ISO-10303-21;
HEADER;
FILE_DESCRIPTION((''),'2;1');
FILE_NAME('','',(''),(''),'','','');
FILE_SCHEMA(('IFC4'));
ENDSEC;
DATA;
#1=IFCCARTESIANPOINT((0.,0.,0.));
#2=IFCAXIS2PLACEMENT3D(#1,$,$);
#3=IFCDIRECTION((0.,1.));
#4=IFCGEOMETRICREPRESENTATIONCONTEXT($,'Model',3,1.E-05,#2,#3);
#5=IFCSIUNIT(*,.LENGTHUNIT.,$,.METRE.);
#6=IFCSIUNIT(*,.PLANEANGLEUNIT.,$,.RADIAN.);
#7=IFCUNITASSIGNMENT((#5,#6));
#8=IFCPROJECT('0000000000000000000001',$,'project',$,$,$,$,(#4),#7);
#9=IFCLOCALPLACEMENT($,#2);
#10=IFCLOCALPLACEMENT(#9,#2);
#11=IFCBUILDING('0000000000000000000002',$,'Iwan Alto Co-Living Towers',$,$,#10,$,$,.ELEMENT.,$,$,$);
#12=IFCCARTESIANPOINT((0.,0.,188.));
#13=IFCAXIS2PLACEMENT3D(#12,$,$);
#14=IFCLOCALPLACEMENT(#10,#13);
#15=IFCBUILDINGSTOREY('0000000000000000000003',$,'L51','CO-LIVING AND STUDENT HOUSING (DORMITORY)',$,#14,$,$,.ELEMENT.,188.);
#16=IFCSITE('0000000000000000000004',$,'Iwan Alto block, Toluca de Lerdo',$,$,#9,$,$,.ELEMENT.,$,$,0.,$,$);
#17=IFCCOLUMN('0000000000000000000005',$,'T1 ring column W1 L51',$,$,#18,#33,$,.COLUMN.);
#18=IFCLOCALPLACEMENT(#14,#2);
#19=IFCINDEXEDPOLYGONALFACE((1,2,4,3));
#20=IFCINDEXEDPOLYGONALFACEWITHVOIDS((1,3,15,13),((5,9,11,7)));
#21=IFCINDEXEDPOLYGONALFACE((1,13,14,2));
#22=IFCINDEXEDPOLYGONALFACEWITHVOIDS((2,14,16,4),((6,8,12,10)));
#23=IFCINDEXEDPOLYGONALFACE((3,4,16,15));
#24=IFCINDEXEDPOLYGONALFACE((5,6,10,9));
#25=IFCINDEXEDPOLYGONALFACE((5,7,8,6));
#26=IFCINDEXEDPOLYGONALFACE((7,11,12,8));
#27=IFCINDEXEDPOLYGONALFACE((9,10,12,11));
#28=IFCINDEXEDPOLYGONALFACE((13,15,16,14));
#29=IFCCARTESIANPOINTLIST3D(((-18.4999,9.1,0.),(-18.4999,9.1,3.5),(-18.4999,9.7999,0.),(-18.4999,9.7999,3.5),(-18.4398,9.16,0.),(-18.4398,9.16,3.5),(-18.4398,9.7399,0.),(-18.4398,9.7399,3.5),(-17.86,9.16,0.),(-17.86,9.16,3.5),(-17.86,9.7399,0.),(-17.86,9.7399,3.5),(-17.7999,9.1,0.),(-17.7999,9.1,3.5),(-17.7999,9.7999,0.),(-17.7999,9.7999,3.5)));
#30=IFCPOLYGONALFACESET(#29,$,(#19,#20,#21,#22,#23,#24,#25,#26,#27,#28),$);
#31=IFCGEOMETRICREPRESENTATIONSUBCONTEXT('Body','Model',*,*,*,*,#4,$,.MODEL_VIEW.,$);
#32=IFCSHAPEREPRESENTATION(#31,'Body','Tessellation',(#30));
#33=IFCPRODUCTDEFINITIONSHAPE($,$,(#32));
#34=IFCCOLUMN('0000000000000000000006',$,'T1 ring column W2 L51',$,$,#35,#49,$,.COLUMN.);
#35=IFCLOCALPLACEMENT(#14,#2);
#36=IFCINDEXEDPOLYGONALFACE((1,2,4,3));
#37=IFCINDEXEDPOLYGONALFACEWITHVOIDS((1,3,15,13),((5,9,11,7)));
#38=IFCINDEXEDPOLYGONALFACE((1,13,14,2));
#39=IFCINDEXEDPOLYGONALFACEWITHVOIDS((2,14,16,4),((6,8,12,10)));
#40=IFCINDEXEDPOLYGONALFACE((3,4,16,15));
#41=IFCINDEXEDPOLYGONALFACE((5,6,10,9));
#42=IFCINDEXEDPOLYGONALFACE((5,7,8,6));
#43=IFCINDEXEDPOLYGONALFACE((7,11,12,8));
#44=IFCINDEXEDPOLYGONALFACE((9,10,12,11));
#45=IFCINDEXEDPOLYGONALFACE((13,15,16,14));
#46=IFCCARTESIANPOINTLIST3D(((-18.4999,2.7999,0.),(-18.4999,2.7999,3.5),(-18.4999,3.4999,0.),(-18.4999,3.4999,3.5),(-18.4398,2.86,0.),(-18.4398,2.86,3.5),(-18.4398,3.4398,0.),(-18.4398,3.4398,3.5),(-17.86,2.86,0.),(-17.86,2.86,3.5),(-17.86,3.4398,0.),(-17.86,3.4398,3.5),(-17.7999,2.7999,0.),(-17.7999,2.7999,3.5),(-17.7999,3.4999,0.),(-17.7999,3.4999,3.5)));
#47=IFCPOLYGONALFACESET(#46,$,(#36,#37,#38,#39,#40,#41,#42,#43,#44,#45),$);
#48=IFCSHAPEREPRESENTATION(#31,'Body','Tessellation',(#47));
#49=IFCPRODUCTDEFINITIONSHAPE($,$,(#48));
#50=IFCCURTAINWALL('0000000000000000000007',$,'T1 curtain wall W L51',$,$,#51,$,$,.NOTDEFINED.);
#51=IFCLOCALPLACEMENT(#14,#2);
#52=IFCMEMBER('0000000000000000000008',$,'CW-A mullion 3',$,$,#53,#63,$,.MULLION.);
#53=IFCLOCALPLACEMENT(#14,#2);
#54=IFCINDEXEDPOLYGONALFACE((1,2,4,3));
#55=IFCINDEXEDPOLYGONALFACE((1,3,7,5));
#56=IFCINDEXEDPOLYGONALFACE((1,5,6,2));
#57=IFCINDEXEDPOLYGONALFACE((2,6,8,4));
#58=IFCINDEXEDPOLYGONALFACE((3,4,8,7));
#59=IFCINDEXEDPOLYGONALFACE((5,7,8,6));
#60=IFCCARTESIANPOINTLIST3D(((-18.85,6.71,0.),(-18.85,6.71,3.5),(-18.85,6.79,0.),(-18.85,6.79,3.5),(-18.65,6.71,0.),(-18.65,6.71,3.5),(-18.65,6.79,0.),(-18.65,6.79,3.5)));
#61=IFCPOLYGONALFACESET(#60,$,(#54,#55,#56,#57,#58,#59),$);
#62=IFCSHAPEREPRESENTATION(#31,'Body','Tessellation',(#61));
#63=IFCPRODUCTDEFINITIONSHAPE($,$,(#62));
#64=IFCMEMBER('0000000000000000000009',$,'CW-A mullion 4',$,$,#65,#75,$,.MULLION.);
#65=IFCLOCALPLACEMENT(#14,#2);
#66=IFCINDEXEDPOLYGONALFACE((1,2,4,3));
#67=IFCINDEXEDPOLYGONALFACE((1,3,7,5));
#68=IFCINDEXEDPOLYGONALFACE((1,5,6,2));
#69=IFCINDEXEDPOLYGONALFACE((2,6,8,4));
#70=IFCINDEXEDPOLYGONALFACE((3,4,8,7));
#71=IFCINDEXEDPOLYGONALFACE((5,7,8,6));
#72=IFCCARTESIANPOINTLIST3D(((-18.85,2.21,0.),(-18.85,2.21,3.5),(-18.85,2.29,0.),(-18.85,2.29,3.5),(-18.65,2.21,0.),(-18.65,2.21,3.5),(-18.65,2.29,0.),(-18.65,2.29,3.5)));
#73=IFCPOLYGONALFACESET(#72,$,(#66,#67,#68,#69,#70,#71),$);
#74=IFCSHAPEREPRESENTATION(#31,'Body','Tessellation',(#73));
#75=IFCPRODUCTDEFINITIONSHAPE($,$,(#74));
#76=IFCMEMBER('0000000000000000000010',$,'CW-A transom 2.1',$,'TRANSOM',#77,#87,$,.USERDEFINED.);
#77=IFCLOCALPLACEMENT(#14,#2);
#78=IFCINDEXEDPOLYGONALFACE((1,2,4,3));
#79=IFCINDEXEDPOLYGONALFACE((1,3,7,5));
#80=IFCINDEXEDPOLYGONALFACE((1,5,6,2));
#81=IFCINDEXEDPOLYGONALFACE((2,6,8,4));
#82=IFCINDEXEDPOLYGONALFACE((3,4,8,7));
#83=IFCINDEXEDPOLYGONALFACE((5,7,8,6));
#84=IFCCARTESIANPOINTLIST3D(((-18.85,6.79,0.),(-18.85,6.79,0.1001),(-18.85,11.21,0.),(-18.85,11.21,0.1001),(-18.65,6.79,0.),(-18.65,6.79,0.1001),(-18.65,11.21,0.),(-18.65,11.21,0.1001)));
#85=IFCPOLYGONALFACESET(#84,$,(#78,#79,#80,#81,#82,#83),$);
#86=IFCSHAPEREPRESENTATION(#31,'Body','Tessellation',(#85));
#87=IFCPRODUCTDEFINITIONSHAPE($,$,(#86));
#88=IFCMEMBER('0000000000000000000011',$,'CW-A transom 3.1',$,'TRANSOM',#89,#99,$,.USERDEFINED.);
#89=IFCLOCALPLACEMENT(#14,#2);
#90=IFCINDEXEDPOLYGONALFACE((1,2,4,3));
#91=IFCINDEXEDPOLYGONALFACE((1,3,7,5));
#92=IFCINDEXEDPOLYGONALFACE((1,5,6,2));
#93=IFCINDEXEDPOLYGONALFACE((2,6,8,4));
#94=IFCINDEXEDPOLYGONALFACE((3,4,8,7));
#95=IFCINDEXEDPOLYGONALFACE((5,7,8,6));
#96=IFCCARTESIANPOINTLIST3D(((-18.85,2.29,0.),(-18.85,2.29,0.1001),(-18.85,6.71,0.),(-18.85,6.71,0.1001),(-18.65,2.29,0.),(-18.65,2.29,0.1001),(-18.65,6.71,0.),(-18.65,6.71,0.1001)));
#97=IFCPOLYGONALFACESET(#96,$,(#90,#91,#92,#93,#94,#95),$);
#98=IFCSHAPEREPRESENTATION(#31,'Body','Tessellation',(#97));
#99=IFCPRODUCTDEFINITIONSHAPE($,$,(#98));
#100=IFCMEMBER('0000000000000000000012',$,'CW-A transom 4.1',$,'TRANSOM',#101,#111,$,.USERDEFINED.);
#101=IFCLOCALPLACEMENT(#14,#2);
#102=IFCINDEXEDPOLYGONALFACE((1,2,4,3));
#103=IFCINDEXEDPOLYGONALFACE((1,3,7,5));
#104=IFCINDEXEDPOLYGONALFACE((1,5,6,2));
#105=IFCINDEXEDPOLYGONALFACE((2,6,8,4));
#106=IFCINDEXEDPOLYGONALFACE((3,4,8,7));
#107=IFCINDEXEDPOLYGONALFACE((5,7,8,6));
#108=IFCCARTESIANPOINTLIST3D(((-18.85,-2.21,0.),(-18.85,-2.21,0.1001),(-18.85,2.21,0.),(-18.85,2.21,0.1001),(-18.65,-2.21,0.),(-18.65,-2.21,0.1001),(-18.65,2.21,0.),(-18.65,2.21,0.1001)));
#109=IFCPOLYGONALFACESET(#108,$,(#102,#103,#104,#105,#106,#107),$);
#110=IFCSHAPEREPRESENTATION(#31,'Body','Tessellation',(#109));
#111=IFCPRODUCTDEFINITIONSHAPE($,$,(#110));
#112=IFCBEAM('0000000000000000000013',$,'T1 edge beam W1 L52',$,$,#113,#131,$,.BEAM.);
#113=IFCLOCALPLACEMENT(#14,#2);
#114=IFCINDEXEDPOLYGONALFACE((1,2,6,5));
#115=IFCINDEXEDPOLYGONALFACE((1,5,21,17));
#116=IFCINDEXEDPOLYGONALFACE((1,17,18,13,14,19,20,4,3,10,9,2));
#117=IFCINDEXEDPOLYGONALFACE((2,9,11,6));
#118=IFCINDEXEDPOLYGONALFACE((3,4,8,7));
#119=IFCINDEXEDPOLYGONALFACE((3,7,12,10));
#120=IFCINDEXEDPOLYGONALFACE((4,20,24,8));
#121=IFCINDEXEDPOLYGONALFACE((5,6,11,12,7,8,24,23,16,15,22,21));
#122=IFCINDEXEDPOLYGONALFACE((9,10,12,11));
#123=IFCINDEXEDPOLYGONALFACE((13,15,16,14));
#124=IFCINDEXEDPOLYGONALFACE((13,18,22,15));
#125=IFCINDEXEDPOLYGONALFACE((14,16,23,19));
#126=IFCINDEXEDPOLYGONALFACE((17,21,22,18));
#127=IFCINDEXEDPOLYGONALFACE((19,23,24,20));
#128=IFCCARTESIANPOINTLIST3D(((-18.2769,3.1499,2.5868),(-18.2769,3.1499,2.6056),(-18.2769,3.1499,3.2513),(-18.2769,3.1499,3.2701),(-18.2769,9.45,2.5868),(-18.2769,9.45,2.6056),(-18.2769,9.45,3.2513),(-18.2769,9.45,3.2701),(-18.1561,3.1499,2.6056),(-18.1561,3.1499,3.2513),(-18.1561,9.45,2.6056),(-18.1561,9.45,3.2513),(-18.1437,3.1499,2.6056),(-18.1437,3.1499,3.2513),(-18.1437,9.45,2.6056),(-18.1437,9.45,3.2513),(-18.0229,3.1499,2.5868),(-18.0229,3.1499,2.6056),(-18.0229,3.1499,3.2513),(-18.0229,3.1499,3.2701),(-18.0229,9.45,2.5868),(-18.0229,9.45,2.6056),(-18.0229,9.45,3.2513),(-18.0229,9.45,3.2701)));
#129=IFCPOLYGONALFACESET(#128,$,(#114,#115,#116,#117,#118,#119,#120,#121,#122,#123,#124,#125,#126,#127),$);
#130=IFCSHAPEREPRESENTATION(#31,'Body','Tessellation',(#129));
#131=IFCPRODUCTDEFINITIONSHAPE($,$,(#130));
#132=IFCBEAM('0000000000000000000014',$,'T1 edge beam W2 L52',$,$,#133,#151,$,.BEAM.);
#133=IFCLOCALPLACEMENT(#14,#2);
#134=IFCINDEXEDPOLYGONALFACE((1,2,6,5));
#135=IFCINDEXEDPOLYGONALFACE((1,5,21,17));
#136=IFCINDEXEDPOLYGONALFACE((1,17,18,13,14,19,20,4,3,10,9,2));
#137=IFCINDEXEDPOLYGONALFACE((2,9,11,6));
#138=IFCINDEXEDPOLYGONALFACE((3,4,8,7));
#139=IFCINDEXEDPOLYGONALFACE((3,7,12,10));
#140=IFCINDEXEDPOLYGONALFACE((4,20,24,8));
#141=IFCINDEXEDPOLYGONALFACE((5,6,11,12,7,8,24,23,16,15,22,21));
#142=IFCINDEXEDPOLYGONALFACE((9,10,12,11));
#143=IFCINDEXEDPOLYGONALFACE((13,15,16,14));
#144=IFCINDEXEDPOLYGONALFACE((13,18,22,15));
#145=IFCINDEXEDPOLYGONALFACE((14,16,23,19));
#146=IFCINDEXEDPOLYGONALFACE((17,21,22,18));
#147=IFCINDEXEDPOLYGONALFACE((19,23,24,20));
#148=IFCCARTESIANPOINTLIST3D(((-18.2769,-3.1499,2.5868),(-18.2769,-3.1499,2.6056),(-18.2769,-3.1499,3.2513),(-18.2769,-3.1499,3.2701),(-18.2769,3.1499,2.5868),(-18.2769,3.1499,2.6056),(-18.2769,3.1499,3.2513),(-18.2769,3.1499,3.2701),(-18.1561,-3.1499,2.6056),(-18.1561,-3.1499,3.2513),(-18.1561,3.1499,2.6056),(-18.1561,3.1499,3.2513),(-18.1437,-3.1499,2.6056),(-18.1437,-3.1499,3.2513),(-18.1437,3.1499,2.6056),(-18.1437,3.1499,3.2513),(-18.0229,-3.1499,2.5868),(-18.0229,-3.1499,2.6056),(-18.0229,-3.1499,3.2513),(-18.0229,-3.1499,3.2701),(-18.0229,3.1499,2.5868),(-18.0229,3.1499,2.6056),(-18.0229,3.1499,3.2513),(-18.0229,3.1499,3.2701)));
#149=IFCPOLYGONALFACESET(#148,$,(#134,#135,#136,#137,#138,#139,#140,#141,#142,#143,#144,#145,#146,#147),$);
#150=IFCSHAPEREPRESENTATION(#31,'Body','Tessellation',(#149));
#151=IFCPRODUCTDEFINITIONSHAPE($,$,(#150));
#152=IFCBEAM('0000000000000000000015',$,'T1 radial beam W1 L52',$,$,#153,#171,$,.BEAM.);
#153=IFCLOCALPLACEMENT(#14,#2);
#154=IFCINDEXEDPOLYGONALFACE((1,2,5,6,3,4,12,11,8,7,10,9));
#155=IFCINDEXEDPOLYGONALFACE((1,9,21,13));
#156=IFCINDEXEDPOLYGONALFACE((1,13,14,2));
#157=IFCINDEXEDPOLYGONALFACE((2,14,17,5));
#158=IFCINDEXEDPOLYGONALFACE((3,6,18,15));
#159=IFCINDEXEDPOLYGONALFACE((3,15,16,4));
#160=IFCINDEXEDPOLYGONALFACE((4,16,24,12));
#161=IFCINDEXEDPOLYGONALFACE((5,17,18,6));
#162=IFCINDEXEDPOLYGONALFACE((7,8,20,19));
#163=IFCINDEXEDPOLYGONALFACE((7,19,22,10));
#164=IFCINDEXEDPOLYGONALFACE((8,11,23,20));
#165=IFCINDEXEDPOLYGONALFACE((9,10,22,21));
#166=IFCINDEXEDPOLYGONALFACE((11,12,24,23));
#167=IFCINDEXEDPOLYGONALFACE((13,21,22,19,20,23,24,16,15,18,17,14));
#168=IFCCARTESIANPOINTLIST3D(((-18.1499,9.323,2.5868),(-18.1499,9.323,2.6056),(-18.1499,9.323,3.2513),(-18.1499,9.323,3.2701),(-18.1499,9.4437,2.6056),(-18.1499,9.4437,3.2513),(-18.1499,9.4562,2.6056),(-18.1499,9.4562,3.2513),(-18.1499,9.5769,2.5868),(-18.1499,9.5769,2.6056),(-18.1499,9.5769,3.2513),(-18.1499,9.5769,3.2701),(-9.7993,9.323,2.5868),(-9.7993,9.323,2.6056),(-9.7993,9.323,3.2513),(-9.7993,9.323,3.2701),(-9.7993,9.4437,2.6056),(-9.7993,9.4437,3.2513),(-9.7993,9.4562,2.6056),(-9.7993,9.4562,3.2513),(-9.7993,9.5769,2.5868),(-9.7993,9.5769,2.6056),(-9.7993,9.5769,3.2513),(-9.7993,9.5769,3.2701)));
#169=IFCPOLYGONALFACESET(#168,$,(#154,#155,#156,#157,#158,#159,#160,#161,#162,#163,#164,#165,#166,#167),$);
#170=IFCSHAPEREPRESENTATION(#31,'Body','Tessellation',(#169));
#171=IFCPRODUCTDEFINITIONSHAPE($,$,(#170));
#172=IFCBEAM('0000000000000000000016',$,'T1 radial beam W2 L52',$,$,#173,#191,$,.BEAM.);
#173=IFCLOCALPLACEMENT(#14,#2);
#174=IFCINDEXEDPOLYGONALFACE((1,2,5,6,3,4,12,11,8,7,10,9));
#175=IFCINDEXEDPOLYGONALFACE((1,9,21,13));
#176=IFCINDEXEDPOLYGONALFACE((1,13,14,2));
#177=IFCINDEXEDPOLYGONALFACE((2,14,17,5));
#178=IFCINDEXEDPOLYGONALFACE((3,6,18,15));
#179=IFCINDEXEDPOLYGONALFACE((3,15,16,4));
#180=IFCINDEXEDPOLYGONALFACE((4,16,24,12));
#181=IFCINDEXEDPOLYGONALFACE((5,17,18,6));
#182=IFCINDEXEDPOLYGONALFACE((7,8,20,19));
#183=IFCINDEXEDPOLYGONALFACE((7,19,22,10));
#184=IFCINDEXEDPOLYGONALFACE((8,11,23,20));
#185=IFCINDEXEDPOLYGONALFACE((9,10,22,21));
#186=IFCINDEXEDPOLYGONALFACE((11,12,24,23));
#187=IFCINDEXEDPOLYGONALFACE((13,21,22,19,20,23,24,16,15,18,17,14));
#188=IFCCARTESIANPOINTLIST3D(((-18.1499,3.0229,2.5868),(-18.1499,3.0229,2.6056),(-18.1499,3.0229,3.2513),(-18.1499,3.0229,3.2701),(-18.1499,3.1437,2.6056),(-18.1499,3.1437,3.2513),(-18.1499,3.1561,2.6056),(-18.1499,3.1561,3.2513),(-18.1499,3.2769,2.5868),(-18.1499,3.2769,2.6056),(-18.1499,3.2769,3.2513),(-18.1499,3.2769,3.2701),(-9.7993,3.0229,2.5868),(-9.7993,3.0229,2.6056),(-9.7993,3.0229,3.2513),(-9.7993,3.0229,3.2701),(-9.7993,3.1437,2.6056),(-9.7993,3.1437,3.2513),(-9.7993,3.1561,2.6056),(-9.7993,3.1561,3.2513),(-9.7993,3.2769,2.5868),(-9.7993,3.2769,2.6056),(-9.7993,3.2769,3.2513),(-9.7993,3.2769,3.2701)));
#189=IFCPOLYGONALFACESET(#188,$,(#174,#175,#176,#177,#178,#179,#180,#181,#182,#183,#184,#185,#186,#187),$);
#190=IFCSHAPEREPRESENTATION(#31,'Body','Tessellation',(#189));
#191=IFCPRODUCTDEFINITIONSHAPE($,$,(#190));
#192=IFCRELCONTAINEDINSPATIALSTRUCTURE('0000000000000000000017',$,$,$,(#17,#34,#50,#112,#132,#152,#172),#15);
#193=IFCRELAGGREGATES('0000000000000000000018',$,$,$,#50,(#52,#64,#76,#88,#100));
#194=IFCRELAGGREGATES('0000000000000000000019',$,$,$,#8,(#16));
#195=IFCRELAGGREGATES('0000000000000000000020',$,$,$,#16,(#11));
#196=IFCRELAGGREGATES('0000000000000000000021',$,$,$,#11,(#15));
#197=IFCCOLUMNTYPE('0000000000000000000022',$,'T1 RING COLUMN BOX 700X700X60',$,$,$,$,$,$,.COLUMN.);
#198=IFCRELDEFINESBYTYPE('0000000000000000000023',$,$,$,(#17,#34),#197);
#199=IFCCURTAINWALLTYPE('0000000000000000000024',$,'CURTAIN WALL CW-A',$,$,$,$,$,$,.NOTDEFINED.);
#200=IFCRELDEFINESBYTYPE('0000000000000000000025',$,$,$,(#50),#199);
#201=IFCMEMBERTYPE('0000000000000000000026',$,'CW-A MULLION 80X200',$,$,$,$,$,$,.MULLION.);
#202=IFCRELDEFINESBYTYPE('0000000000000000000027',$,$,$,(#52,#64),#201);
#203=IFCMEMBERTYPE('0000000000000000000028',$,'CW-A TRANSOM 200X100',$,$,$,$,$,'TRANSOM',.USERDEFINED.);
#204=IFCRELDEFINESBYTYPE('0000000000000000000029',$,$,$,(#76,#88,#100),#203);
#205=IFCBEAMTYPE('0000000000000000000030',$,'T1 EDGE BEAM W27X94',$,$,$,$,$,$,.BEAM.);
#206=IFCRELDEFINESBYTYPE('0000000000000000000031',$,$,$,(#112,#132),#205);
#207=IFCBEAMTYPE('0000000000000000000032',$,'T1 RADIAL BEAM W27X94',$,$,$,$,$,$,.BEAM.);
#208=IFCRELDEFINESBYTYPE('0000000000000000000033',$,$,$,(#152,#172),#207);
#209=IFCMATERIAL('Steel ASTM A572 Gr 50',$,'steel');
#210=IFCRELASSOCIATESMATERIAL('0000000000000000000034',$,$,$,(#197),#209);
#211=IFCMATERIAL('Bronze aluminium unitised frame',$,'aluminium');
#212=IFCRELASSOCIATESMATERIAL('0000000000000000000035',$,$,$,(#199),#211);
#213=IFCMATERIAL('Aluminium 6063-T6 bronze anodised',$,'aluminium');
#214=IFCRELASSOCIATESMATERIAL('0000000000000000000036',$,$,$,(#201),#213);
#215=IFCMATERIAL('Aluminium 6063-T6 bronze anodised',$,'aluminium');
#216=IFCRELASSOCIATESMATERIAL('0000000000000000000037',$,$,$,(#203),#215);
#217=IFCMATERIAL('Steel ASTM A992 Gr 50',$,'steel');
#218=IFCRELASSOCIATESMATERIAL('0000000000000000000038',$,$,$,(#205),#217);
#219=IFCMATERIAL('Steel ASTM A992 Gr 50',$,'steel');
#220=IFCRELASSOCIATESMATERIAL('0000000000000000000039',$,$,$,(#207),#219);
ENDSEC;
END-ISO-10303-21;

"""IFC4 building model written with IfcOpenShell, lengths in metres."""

from ifc_helpers import new_model, si_unit, direction, frame, origin, origin_2d, place, context, subcontext, project, spatial, rectangle, hollow_rectangle, i_section, extrude, material, material_profile, profile_set, type_object, element, aggregate, save


model = new_model("IFC4")

# Units and contexts
model_context = context("Model", 3, precision=1e-05, world=origin(), true_north=direction((0.0, 1.0)))
body_context = subcontext(model_context, "Body", "Model", "MODEL_VIEW")
ifc_project = project(units=[si_unit("LENGTHUNIT", "METRE"), si_unit("PLANEANGLEUNIT", "RADIAN")], contexts=[model_context])

# Site, building, storey
site_placement = place(None, origin())
site = spatial("IfcSite", under=ifc_project, at=site_placement, Name="Iwan Alto block, Toluca de Lerdo", CompositionType="ELEMENT", RefElevation=0.0)
building_placement = place(site_placement, origin())
building = spatial("IfcBuilding", under=site, at=building_placement, Name="Iwan Alto Co-Living Towers", CompositionType="ELEMENT")
storey_placement = place(building_placement, frame((0.0, 0.0, 188.0)))
storey = spatial("IfcBuildingStorey", under=building, at=storey_placement, Name="L51", Description="CO-LIVING AND STUDENT HOUSING (DORMITORY)", CompositionType="ELEMENT", Elevation=188.0)

# Columns
ifc_material_1 = material(Name="Steel ASTM A572 Gr 50", Category="steel")
ifc_material_profile_1 = material_profile(ifc_material_1, hollow_rectangle(XDim=0.7, YDim=0.7, WallThickness=0.0601, at=origin_2d()), Name="BOX 700X700X60")
ifc_profile_set_1 = profile_set([ifc_material_profile_1], Name="Steel ASTM A572 Gr 50")
column_type = type_object("IfcColumnType", Name="T1 RING COLUMN BOX 700X700X60", PredefinedType="COLUMN", material=ifc_profile_set_1)
for number, where, z_axis, x_axis, name in (
    (1, (-18.1499, 9.45, 0.0), (0.0, 0.0, 1.0), (1.0, 0.0, 0.0), "T1 ring column W1 L51"),
    (2, (-18.1499, 3.1499, 0.0), (0.0, 0.0, 1.0), (1.0, 0.0, 0.0), "T1 ring column W2 L51"),
):
    element("IfcColumn", number, at=place(storey_placement, frame(where, z_axis=z_axis, x_axis=x_axis)), inside=storey, type_object=column_type, Name=name, PredefinedType="COLUMN", context=body_context, shape_type="SweptSolid", body=[
        extrude(hollow_rectangle(XDim=0.7, YDim=0.7, WallThickness=0.0601, at=origin_2d()), origin(), (0.0, 0.0, 1.0), 3.5),
    ])

# Curtain wall, members
ifc_material_2 = material(Name="Bronze aluminium unitised frame", Category="aluminium")
curtain_wall_type = type_object("IfcCurtainWallType", Name="CURTAIN WALL CW-A", PredefinedType="NOTDEFINED", material=ifc_material_2)
curtain_wall_placement = place(storey_placement, origin())
curtain_wall = element("IfcCurtainWall", 3, at=curtain_wall_placement, inside=storey, type_object=curtain_wall_type, Name="T1 curtain wall W L51", PredefinedType="NOTDEFINED")
ifc_material_3 = material(Name="Aluminium 6063-T6 bronze anodised", Category="aluminium")
ifc_material_profile_2 = material_profile(ifc_material_3, rectangle(XDim=0.2, YDim=0.0801, at=origin_2d()), Name="AL 80X200")
ifc_profile_set_2 = profile_set([ifc_material_profile_2], Name="Aluminium 6063-T6 bronze anodised")
member_type_1 = type_object("IfcMemberType", Name="CW-A MULLION 80X200", PredefinedType="MULLION", material=ifc_profile_set_2)
member_1_placement = place(storey_placement, frame((-18.75, 6.75, 0.0), z_axis=(0.0, 0.0, 1.0), x_axis=(1.0, 0.0, 0.0)))
member_1 = element("IfcMember", 4, at=member_1_placement, type_object=member_type_1, Name="CW-A mullion 3", PredefinedType="MULLION", context=body_context, shape_type="SweptSolid", body=[
    extrude(rectangle(XDim=0.2, YDim=0.0801, at=origin_2d()), origin(), (0.0, 0.0, 1.0), 3.5),
])
member_2_placement = place(storey_placement, frame((-18.75, 2.25, 0.0), z_axis=(0.0, 0.0, 1.0), x_axis=(1.0, 0.0, 0.0)))
member_2 = element("IfcMember", 5, at=member_2_placement, type_object=member_type_1, Name="CW-A mullion 4", PredefinedType="MULLION", context=body_context, shape_type="SweptSolid", body=[
    extrude(rectangle(XDim=0.2, YDim=0.0801, at=origin_2d()), origin(), (0.0, 0.0, 1.0), 3.5),
])
ifc_material_4 = material(Name="Aluminium 6063-T6 bronze anodised", Category="aluminium")
ifc_material_profile_3 = material_profile(ifc_material_4, rectangle(XDim=0.2, YDim=0.1001, at=origin_2d()), Name="AL 200X100")
ifc_profile_set_3 = profile_set([ifc_material_profile_3], Name="Aluminium 6063-T6 bronze anodised")
member_type_2 = type_object("IfcMemberType", Name="CW-A TRANSOM 200X100", ElementType="TRANSOM", PredefinedType="USERDEFINED", material=ifc_profile_set_3)
member_3_placement = place(storey_placement, frame((-18.75, 11.21, 0.05), z_axis=(0.0, -1.0, 0.0), x_axis=(1.0, 0.0, 0.0)))
member_3 = element("IfcMember", 6, at=member_3_placement, type_object=member_type_2, Name="CW-A transom 2.1", ObjectType="TRANSOM", PredefinedType="USERDEFINED", context=body_context, shape_type="SweptSolid", body=[
    extrude(rectangle(XDim=0.2, YDim=0.1001, at=origin_2d()), origin(), (0.0, 0.0, 1.0), 4.4199),
])
member_4_placement = place(storey_placement, frame((-18.75, 6.71, 0.05), z_axis=(0.0, -1.0, 0.0), x_axis=(1.0, 0.0, 0.0)))
member_4 = element("IfcMember", 7, at=member_4_placement, type_object=member_type_2, Name="CW-A transom 3.1", ObjectType="TRANSOM", PredefinedType="USERDEFINED", context=body_context, shape_type="SweptSolid", body=[
    extrude(rectangle(XDim=0.2, YDim=0.1001, at=origin_2d()), origin(), (0.0, 0.0, 1.0), 4.4199),
])
member_5_placement = place(storey_placement, frame((-18.75, 2.21, 0.05), z_axis=(0.0, -1.0, 0.0), x_axis=(1.0, 0.0, 0.0)))
member_5 = element("IfcMember", 8, at=member_5_placement, type_object=member_type_2, Name="CW-A transom 4.1", ObjectType="TRANSOM", PredefinedType="USERDEFINED", context=body_context, shape_type="SweptSolid", body=[
    extrude(rectangle(XDim=0.2, YDim=0.1001, at=origin_2d()), origin(), (0.0, 0.0, 1.0), 4.4199),
])

# Beams
ifc_material_5 = material(Name="Steel ASTM A992 Gr 50", Category="steel")
ifc_material_profile_4 = material_profile(ifc_material_5, i_section(OverallWidth=0.2539, OverallDepth=0.6833, WebThickness=0.0125, FlangeThickness=0.0188, at=origin_2d()), Name="W27X94")
ifc_profile_set_4 = profile_set([ifc_material_profile_4], Name="Steel ASTM A992 Gr 50")
beam_type_1 = type_object("IfcBeamType", Name="T1 EDGE BEAM W27X94", PredefinedType="BEAM", material=ifc_profile_set_4)
beam_1_placement = place(storey_placement, frame((-18.1499, 9.45, 2.9285), z_axis=(0.0, -1.0, 0.0), x_axis=(1.0, 0.0, 0.0)))
element("IfcBeam", 9, at=beam_1_placement, inside=storey, type_object=beam_type_1, Name="T1 edge beam W1 L52", PredefinedType="BEAM", context=body_context, shape_type="SweptSolid", body=[
    extrude(i_section(OverallWidth=0.2539, OverallDepth=0.6833, WebThickness=0.0125, FlangeThickness=0.0188, at=origin_2d()), origin(), (0.0, 0.0, 1.0), 6.3),
])
beam_2_placement = place(storey_placement, frame((-18.1499, 3.1499, 2.9285), z_axis=(0.0, -1.0, 0.0), x_axis=(1.0, 0.0, 0.0)))
element("IfcBeam", 10, at=beam_2_placement, inside=storey, type_object=beam_type_1, Name="T1 edge beam W2 L52", PredefinedType="BEAM", context=body_context, shape_type="SweptSolid", body=[
    extrude(i_section(OverallWidth=0.2539, OverallDepth=0.6833, WebThickness=0.0125, FlangeThickness=0.0188, at=origin_2d()), origin(), (0.0, 0.0, 1.0), 6.2998),
])
ifc_material_6 = material(Name="Steel ASTM A992 Gr 50", Category="steel")
ifc_material_profile_5 = material_profile(ifc_material_6, i_section(OverallWidth=0.2539, OverallDepth=0.6833, WebThickness=0.0125, FlangeThickness=0.0188, at=origin_2d()), Name="W27X94")
ifc_profile_set_5 = profile_set([ifc_material_profile_5], Name="Steel ASTM A992 Gr 50")
beam_type_2 = type_object("IfcBeamType", Name="T1 RADIAL BEAM W27X94", PredefinedType="BEAM", material=ifc_profile_set_5)
for number, where, z_axis, x_axis, name in (
    (11, (-18.1499, 9.45, 2.9285), (1.0, 0.0, 0.0), (0.0, 1.0, 0.0), "T1 radial beam W1 L52"),
    (12, (-18.1499, 3.1499, 2.9285), (1.0, 0.0, 0.0), (0.0, 1.0, 0.0), "T1 radial beam W2 L52"),
):
    element("IfcBeam", number, at=place(storey_placement, frame(where, z_axis=z_axis, x_axis=x_axis)), inside=storey, type_object=beam_type_2, Name=name, PredefinedType="BEAM", context=body_context, shape_type="SweptSolid", body=[
        extrude(i_section(OverallWidth=0.2539, OverallDepth=0.6833, WebThickness=0.0125, FlangeThickness=0.0188, at=origin_2d()), origin(), (0.0, 0.0, 1.0), 8.3506),
    ])

aggregate(curtain_wall, [member_1, member_2, member_3, member_4, member_5])

save(model, "model.ifc")
